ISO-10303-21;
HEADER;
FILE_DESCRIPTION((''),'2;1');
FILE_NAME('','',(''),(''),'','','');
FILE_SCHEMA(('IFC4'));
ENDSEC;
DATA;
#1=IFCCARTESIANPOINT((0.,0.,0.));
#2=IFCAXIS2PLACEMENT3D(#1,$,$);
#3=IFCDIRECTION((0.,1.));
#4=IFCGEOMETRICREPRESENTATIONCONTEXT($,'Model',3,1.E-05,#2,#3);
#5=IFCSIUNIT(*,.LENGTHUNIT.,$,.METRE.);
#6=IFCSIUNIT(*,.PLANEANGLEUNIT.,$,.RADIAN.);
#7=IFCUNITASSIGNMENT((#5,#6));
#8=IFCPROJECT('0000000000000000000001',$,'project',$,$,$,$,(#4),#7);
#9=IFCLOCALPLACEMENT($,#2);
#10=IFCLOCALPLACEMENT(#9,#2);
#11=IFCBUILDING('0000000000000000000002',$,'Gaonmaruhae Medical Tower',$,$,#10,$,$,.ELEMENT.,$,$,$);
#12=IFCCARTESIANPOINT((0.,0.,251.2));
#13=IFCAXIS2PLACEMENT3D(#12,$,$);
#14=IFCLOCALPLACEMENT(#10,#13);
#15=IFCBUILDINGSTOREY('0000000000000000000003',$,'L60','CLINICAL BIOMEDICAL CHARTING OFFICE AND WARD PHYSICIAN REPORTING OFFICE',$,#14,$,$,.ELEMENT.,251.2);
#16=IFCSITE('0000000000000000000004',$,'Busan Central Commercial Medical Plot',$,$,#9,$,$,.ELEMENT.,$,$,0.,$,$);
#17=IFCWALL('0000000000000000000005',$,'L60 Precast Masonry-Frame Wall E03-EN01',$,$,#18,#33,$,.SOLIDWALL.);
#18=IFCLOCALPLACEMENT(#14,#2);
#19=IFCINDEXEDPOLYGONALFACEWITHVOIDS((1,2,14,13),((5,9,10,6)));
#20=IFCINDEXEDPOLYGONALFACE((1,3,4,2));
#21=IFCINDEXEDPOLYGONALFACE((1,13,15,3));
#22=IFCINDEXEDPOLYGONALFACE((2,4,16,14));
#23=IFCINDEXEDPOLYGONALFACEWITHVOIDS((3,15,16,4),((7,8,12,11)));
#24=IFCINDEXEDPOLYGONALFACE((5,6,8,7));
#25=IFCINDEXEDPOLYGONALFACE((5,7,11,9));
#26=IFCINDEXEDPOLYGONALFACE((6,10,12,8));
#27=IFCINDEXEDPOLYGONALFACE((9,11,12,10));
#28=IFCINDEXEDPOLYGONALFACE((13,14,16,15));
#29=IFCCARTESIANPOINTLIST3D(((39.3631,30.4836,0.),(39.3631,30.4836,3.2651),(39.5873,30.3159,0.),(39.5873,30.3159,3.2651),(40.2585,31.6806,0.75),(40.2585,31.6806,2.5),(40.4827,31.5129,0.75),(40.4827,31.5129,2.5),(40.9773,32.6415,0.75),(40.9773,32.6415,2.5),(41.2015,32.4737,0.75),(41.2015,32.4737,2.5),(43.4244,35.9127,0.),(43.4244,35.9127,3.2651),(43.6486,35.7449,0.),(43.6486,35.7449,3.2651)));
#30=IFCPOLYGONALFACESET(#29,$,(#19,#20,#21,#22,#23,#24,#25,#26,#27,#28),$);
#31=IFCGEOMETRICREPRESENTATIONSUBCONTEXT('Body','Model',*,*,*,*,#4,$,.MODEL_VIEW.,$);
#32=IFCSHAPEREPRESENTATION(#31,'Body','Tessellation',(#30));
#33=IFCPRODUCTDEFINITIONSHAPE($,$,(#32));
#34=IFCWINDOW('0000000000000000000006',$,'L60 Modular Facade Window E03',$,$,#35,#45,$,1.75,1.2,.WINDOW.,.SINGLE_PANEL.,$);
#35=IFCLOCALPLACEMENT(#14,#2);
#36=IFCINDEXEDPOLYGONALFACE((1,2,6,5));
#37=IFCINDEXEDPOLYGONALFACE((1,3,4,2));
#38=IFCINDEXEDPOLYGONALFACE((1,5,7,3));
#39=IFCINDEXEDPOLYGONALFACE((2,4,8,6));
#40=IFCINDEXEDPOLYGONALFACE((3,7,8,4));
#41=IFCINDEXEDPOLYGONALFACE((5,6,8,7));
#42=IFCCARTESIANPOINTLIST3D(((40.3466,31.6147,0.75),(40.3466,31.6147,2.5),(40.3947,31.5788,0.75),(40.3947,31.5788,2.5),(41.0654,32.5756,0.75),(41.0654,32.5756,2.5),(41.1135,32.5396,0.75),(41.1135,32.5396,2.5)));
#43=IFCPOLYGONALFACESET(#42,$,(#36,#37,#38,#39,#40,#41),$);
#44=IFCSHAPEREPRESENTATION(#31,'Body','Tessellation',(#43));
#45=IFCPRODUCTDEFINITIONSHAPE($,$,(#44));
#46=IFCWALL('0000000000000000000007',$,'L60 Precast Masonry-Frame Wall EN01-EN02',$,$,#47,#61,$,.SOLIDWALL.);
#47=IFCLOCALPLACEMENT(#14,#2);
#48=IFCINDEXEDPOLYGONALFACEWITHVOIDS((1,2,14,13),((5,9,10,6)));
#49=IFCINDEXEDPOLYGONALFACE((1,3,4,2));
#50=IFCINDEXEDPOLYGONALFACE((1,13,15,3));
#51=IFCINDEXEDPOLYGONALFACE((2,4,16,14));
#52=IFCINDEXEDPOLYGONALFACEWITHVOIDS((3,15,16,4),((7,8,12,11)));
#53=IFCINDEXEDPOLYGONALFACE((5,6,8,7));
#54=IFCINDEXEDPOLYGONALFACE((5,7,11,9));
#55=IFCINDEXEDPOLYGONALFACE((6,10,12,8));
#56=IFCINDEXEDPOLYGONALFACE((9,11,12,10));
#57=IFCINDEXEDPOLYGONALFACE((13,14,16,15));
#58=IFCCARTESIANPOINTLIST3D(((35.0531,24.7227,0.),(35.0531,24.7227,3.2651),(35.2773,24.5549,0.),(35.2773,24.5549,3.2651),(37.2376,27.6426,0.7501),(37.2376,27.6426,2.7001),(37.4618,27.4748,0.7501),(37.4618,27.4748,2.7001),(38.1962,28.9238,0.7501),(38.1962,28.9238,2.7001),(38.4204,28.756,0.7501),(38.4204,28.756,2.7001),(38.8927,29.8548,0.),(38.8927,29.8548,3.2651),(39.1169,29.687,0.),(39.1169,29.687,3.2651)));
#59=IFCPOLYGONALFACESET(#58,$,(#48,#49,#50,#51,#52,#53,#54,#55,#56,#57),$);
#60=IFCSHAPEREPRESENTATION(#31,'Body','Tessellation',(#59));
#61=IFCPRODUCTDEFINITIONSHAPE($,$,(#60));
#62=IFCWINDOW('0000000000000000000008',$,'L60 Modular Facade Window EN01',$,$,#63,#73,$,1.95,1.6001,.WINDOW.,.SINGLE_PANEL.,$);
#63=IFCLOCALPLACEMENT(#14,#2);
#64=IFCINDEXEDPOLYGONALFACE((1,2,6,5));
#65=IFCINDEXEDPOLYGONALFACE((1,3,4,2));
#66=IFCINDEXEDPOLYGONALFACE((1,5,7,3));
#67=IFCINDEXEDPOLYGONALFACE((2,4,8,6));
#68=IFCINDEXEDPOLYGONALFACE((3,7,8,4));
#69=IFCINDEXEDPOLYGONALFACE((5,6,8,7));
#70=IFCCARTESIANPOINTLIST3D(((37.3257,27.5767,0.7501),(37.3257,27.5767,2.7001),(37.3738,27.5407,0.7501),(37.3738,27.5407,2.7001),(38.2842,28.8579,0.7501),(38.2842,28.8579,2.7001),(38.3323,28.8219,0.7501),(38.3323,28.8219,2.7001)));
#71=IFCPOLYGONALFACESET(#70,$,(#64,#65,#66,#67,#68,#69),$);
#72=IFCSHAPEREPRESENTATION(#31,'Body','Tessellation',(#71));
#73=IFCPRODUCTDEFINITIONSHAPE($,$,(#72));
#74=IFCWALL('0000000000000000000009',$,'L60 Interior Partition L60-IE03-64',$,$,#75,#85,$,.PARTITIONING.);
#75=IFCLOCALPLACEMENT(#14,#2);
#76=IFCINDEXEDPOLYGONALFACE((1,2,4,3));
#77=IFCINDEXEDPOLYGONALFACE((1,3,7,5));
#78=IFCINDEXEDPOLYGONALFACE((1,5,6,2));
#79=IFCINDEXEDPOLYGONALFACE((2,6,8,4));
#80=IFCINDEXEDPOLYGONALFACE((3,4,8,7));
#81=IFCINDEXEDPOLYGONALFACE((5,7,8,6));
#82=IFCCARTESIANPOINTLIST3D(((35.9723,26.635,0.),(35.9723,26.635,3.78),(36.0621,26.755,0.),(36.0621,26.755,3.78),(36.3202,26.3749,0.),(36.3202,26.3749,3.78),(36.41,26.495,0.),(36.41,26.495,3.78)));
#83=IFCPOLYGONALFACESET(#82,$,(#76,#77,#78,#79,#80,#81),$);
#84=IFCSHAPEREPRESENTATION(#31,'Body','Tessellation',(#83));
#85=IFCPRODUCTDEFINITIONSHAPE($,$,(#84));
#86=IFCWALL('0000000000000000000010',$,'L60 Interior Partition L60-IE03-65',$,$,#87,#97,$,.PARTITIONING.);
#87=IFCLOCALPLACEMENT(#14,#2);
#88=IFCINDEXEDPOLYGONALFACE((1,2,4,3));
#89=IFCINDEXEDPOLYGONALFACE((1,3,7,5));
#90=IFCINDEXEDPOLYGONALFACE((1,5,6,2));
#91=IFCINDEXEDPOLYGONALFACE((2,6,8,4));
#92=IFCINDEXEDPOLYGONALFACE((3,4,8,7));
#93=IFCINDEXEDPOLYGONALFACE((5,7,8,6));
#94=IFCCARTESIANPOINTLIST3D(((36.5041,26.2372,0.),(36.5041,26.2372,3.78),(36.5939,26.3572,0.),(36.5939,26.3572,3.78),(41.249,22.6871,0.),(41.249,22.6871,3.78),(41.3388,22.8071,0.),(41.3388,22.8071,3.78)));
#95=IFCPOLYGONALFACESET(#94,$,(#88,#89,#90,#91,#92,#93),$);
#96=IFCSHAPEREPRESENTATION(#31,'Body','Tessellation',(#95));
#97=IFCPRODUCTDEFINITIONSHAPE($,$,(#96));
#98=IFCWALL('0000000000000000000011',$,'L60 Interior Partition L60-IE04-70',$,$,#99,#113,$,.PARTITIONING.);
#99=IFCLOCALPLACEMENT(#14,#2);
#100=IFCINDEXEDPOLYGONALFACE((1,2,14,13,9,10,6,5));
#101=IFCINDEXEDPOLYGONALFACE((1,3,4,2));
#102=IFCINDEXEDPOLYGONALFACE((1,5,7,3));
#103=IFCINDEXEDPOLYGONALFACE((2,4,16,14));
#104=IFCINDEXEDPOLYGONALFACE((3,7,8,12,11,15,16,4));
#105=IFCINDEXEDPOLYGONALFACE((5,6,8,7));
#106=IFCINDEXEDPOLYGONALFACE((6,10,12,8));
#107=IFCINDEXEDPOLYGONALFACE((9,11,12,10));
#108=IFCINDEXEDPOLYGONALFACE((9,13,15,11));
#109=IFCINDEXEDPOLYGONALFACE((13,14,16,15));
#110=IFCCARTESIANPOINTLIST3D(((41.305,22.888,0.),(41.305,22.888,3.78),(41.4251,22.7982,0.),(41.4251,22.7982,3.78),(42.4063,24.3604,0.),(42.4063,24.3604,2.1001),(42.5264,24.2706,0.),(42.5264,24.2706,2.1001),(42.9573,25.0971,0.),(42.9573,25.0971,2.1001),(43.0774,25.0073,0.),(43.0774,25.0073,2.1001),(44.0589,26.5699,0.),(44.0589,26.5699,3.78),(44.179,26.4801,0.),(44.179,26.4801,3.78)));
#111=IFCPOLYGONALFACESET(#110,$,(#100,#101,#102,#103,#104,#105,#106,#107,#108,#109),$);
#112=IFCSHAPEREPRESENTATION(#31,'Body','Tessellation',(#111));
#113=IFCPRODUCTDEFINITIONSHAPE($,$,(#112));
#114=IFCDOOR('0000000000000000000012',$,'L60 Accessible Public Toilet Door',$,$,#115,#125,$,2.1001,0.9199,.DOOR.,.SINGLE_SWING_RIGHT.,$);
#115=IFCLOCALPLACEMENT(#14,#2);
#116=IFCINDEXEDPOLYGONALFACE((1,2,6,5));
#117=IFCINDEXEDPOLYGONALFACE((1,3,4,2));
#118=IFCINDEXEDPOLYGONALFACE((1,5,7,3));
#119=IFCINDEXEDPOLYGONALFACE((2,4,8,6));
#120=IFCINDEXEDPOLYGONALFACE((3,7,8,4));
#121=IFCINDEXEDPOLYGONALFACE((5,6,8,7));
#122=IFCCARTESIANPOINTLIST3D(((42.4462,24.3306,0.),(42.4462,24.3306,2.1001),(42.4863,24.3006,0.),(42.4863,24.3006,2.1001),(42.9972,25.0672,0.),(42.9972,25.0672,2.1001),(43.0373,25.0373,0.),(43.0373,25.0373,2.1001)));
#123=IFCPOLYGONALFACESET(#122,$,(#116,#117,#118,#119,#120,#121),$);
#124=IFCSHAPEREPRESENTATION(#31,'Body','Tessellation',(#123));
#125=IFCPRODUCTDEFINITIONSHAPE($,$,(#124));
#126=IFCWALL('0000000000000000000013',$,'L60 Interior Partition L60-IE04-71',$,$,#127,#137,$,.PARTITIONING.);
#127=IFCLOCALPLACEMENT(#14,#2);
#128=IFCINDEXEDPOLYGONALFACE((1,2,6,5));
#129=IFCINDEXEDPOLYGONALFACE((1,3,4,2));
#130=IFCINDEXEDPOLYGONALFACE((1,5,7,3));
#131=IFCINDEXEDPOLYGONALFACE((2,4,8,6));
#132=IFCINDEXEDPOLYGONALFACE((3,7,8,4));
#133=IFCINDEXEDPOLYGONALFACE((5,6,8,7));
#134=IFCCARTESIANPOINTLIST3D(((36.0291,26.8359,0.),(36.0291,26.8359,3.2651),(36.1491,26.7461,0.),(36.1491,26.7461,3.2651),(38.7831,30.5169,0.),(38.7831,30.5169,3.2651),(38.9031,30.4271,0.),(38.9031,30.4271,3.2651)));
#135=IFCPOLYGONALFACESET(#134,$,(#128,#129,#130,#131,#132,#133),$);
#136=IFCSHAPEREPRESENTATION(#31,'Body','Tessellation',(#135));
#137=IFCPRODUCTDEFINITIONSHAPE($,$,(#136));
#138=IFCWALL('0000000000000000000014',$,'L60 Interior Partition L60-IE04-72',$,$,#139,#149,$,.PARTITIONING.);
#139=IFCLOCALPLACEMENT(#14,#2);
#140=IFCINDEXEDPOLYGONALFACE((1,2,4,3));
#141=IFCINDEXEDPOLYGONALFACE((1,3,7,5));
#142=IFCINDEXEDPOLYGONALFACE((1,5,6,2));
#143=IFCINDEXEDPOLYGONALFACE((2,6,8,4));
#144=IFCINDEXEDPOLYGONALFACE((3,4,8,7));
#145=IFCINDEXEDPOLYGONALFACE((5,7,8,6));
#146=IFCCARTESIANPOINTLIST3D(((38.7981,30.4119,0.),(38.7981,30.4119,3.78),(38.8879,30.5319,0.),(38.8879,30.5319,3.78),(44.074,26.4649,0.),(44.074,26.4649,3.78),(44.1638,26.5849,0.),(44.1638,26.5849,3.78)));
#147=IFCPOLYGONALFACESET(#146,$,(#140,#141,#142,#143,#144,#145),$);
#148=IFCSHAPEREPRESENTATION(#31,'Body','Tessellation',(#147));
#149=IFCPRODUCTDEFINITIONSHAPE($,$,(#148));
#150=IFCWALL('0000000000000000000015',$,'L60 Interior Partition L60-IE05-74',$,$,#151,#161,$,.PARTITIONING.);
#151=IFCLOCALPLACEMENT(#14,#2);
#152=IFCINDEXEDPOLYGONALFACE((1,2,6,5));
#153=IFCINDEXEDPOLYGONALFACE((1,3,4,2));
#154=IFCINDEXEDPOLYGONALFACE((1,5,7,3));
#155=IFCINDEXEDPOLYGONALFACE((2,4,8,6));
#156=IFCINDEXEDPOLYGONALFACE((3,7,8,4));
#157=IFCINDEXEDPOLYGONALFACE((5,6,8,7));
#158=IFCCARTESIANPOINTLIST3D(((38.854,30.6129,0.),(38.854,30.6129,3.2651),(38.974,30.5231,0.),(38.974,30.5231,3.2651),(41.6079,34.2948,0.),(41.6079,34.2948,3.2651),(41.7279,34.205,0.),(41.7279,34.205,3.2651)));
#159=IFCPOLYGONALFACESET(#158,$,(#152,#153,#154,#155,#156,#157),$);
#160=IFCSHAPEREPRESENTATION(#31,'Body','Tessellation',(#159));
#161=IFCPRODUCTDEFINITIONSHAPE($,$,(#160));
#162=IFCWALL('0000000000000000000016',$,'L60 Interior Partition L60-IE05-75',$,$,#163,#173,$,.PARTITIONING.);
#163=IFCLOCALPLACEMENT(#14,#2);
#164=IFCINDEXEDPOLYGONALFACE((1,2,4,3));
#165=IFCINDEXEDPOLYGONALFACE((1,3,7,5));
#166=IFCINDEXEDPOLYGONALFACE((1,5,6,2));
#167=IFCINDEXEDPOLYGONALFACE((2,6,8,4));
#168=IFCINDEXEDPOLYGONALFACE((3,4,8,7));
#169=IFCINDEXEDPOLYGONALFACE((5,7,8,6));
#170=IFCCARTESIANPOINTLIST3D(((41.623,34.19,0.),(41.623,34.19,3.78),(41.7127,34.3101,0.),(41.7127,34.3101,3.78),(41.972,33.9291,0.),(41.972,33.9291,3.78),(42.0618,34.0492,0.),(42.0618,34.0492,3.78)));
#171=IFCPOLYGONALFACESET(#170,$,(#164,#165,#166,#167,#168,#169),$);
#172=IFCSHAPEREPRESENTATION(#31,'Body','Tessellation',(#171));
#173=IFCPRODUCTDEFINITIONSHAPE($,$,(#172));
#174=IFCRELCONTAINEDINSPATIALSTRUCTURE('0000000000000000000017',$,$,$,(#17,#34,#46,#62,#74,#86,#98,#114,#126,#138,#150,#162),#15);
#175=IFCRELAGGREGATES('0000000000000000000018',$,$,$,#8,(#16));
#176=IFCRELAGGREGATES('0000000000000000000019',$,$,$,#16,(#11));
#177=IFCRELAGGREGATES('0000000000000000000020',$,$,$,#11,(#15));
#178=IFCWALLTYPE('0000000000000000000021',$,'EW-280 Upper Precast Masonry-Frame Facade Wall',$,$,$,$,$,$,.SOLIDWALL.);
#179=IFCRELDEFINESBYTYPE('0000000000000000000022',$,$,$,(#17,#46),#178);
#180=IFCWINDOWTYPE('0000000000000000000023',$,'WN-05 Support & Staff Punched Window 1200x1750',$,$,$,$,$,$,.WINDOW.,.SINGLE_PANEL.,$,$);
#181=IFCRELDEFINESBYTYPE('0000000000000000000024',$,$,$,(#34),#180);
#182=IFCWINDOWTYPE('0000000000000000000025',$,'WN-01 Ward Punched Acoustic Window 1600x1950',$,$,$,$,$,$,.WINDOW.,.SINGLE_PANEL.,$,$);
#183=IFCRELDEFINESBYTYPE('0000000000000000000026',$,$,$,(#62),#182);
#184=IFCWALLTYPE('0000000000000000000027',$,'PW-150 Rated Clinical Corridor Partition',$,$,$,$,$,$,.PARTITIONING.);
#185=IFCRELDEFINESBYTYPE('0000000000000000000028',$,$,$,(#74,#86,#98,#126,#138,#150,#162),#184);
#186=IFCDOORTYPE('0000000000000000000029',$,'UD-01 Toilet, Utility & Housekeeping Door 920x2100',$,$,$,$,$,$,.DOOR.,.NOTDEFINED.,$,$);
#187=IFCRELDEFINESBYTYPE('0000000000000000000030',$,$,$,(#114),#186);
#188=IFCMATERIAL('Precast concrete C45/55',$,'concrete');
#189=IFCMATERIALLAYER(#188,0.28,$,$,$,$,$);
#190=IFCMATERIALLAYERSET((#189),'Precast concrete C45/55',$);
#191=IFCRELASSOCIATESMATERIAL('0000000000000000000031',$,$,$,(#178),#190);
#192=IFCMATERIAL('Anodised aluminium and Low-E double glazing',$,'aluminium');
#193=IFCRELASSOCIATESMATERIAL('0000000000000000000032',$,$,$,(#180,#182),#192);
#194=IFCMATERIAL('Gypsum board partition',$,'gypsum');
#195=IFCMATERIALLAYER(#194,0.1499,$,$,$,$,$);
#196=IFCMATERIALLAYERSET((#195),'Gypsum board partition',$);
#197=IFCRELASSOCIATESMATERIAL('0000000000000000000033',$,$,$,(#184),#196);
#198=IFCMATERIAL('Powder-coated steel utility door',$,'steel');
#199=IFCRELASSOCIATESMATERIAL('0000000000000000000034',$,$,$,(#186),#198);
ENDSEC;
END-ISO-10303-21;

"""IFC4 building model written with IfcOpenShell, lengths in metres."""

from ifc_helpers import new_model, si_unit, direction, frame, frame_2d, origin, place, context, subcontext, project, spatial, rectangle, extrude, material, layer, layer_set, type_object, element, fill, save


model = new_model("IFC4")

# Units and contexts
model_context = context("Model", 3, precision=1e-05, world=origin(), true_north=direction((0.0, 1.0)))
body_context = subcontext(model_context, "Body", "Model", "MODEL_VIEW")
ifc_project = project(units=[si_unit("LENGTHUNIT", "METRE"), si_unit("PLANEANGLEUNIT", "RADIAN")], contexts=[model_context])

# Site, building, storey
site_placement = place(None, origin())
site = spatial("IfcSite", under=ifc_project, at=site_placement, Name="Busan Central Commercial Medical Plot", CompositionType="ELEMENT", RefElevation=0.0)
building_placement = place(site_placement, origin())
building = spatial("IfcBuilding", under=site, at=building_placement, Name="Gaonmaruhae Medical Tower", CompositionType="ELEMENT")
storey_placement = place(building_placement, frame((0.0, 0.0, 251.2)))
storey = spatial("IfcBuildingStorey", under=building, at=storey_placement, Name="L60", Description="CLINICAL BIOMEDICAL CHARTING OFFICE AND WARD PHYSICIAN REPORTING OFFICE", CompositionType="ELEMENT", Elevation=251.2)

# Shared definitions
ifc_material_1 = material(Name="Precast concrete C45/55", Category="concrete")
ifc_layer_1 = layer(ifc_material_1, 0.28)
ifc_layer_set_1 = layer_set([ifc_layer_1], Name="Precast concrete C45/55")
wall_type_1 = type_object("IfcWallType", Name="EW-280 Upper Precast Masonry-Frame Facade Wall", PredefinedType="SOLIDWALL", material=ifc_layer_set_1)

# Walls, openings, windows
wall_1_placement = place(storey_placement, frame((39.4751, 30.3997, 0.0), z_axis=(0.0, 0.0, 1.0), x_axis=(0.599014, 0.800738, 0.0)))
wall_1 = element("IfcWall", 1, at=wall_1_placement, inside=storey, type_object=wall_type_1, Name="L60 Precast Masonry-Frame Wall E03-EN01", PredefinedType="SOLIDWALL", context=body_context, shape_type="SweptSolid", body=[
    extrude(rectangle(XDim=6.78, YDim=0.28, at=frame_2d((3.3901, 0.0))), origin(), (0.0, 0.0, 1.0), 3.2651),
])
opening_1_placement = place(wall_1_placement, frame((1.4949, 0.0, 0.75)))
opening_1 = element("IfcOpeningElement", 2, at=opening_1_placement, cuts=wall_1, PredefinedType="OPENING", context=body_context, shape_type="SweptSolid", body=[
    extrude(rectangle(XDim=1.2, YDim=1.75, at=frame_2d((0.6001, 0.875))), frame((0.0, 0.1499, 0.0), z_axis=(0.0, -1.0, 0.0), x_axis=(1.0, 0.0, 0.0)), (0.0, 0.0, 1.0), 0.3),
])
ifc_material_2 = material(Name="Anodised aluminium and Low-E double glazing", Category="aluminium")
window_type_1 = type_object("IfcWindowType", Name="WN-05 Support & Staff Punched Window 1200x1750", PartitioningType="SINGLE_PANEL", PredefinedType="WINDOW", material=ifc_material_2)
window_1_placement = place(opening_1_placement, origin())
window_1 = element("IfcWindow", 3, at=window_1_placement, inside=storey, type_object=window_type_1, Name="L60 Modular Facade Window E03", OverallHeight=1.75, OverallWidth=1.2, PartitioningType="SINGLE_PANEL", PredefinedType="WINDOW", context=body_context, shape_type="SweptSolid", body=[
    extrude(rectangle(XDim=1.2, YDim=1.75, at=frame_2d((0.6001, 0.875))), frame((0.0, 0.03, 0.0), z_axis=(0.0, -1.0, 0.0), x_axis=(1.0, 0.0, 0.0)), (0.0, 0.0, 1.0), 0.0601),
])
fill(opening_1, window_1)
wall_2_placement = place(storey_placement, frame((35.1653, 24.6389, 0.0), z_axis=(0.0, 0.0, 1.0), x_axis=(0.599055, 0.800708, 0.0)))
wall_2 = element("IfcWall", 4, at=wall_2_placement, inside=storey, type_object=wall_type_1, Name="L60 Precast Masonry-Frame Wall EN01-EN02", PredefinedType="SOLIDWALL", context=body_context, shape_type="SweptSolid", body=[
    extrude(rectangle(XDim=6.4094, YDim=0.28, at=frame_2d((3.2046, 0.0))), origin(), (0.0, 0.0, 1.0), 3.2651),
])
opening_2_placement = place(wall_2_placement, frame((3.6465, 0.0, 0.75)))
opening_2 = element("IfcOpeningElement", 5, at=opening_2_placement, cuts=wall_2, PredefinedType="OPENING", context=body_context, shape_type="SweptSolid", body=[
    extrude(rectangle(XDim=1.6001, YDim=1.95, at=frame_2d((0.8, 0.9751))), frame((0.0, 0.1499, 0.0), z_axis=(0.0, -1.0, 0.0), x_axis=(1.0, 0.0, 0.0)), (0.0, 0.0, 1.0), 0.3),
])
window_type_2 = type_object("IfcWindowType", Name="WN-01 Ward Punched Acoustic Window 1600x1950", PartitioningType="SINGLE_PANEL", PredefinedType="WINDOW", material=ifc_material_2)
window_2_placement = place(opening_2_placement, origin())
window_2 = element("IfcWindow", 6, at=window_2_placement, inside=storey, type_object=window_type_2, Name="L60 Modular Facade Window EN01", OverallHeight=1.95, OverallWidth=1.6001, PartitioningType="SINGLE_PANEL", PredefinedType="WINDOW", context=body_context, shape_type="SweptSolid", body=[
    extrude(rectangle(XDim=1.6001, YDim=1.95, at=frame_2d((0.8, 0.9751))), frame((0.0, 0.03, 0.0), z_axis=(0.0, -1.0, 0.0), x_axis=(1.0, 0.0, 0.0)), (0.0, 0.0, 1.0), 0.0601),
])
fill(opening_2, window_2)

# Walls
ifc_material_3 = material(Name="Gypsum board partition", Category="gypsum")
ifc_layer_2 = layer(ifc_material_3, 0.1499)
ifc_layer_set_2 = layer_set([ifc_layer_2], Name="Gypsum board partition")
wall_type_2 = type_object("IfcWallType", Name="PW-150 Rated Clinical Corridor Partition", PredefinedType="PARTITIONING", material=ifc_layer_set_2)
wall_3_placement = place(storey_placement, frame((36.0171, 26.6951, 0.0), z_axis=(0.0, 0.0, 1.0), x_axis=(0.801011, -0.59865, 0.0)))
element("IfcWall", 7, at=wall_3_placement, inside=storey, type_object=wall_type_2, Name="L60 Interior Partition L60-IE03-64", PredefinedType="PARTITIONING", context=body_context, shape_type="SweptSolid", body=[
    extrude(rectangle(XDim=0.4343, YDim=0.1499, at=frame_2d((0.2173, 0.0))), origin(), (0.0, 0.0, 1.0), 3.78),
])
wall_4_placement = place(storey_placement, frame((36.5491, 26.2971, 0.0), z_axis=(0.0, 0.0, 1.0), x_axis=(0.800697, -0.59907, 0.0)))
element("IfcWall", 8, at=wall_4_placement, inside=storey, type_object=wall_type_2, Name="L60 Interior Partition L60-IE03-65", PredefinedType="PARTITIONING", context=body_context, shape_type="SweptSolid", body=[
    extrude(rectangle(XDim=5.926, YDim=0.1499, at=frame_2d((2.9629, 0.0))), origin(), (0.0, 0.0, 1.0), 3.78),
])

# Wall, opening, door
wall_5_placement = place(storey_placement, frame((44.1189, 26.5249, 0.0), z_axis=(0.0, 0.0, 1.0), x_axis=(-0.598955, -0.800783, 0.0)))
wall_5 = element("IfcWall", 9, at=wall_5_placement, inside=storey, type_object=wall_type_2, Name="L60 Interior Partition L60-IE04-70", PredefinedType="PARTITIONING", context=body_context, shape_type="SweptSolid", body=[
    extrude(rectangle(XDim=4.5979, YDim=0.1499, at=frame_2d((2.2988, 0.0))), origin(), (0.0, 0.0, 1.0), 3.78),
])
opening_3_placement = place(wall_5_placement, frame((1.8391, 0.0, 0.0)))
opening_3 = element("IfcOpeningElement", 10, at=opening_3_placement, cuts=wall_5, PredefinedType="OPENING", context=body_context, shape_type="SweptSolid", body=[
    extrude(rectangle(XDim=0.9199, YDim=2.1001, at=frame_2d((0.46, 1.05))), frame((0.0, 0.085, 0.0), z_axis=(0.0, -1.0, 0.0), x_axis=(1.0, 0.0, 0.0)), (0.0, 0.0, 1.0), 0.1699),
])
ifc_material_4 = material(Name="Powder-coated steel utility door", Category="steel")
door_type = type_object("IfcDoorType", Name="UD-01 Toilet, Utility & Housekeeping Door 920x2100", OperationType="NOTDEFINED", PredefinedType="DOOR", material=ifc_material_4)
door_placement = place(opening_3_placement, origin())
door = element("IfcDoor", 11, at=door_placement, inside=storey, type_object=door_type, Name="L60 Accessible Public Toilet Door", OperationType="SINGLE_SWING_RIGHT", OverallHeight=2.1001, OverallWidth=0.9199, PredefinedType="DOOR", context=body_context, shape_type="SweptSolid", body=[
    extrude(rectangle(XDim=0.9199, YDim=2.1001, at=frame_2d((0.46, 1.05))), frame((0.0, 0.0249, 0.0), z_axis=(0.0, -1.0, 0.0), x_axis=(1.0, 0.0, 0.0)), (0.0, 0.0, 1.0), 0.05),
])
fill(opening_3, door)

# Walls
wall_6_placement = place(storey_placement, frame((36.0891, 26.791, 0.0), z_axis=(0.0, 0.0, 1.0), x_axis=(0.599056, 0.800707, 0.0)))
element("IfcWall", 12, at=wall_6_placement, inside=storey, type_object=wall_type_2, Name="L60 Interior Partition L60-IE04-71", PredefinedType="PARTITIONING", context=body_context, shape_type="SweptSolid", body=[
    extrude(rectangle(XDim=4.5972, YDim=0.1499, at=frame_2d((2.2986, 0.0))), origin(), (0.0, 0.0, 1.0), 3.2651),
])
wall_7_placement = place(storey_placement, frame((38.843, 30.4719, 0.0), z_axis=(0.0, 0.0, 1.0), x_axis=(0.80072, -0.599039, 0.0)))
element("IfcWall", 13, at=wall_7_placement, inside=storey, type_object=wall_type_2, Name="L60 Interior Partition L60-IE04-72", PredefinedType="PARTITIONING", context=body_context, shape_type="SweptSolid", body=[
    extrude(rectangle(XDim=6.5889, YDim=0.1499, at=frame_2d((3.2944, 0.0))), origin(), (0.0, 0.0, 1.0), 3.78),
])
wall_8_placement = place(storey_placement, frame((38.9141, 30.5681, 0.0), z_axis=(0.0, 0.0, 1.0), x_axis=(0.598955, 0.800783, 0.0)))
element("IfcWall", 14, at=wall_8_placement, inside=storey, type_object=wall_type_2, Name="L60 Interior Partition L60-IE05-74", PredefinedType="PARTITIONING", context=body_context, shape_type="SweptSolid", body=[
    extrude(rectangle(XDim=4.5979, YDim=0.1499, at=frame_2d((2.2988, 0.0))), origin(), (0.0, 0.0, 1.0), 3.2651),
])
wall_9_placement = place(storey_placement, frame((41.668, 34.25, 0.0), z_axis=(0.0, 0.0, 1.0), x_axis=(0.80094, -0.598745, 0.0)))
element("IfcWall", 15, at=wall_9_placement, inside=storey, type_object=wall_type_2, Name="L60 Interior Partition L60-IE05-75", PredefinedType="PARTITIONING", context=body_context, shape_type="SweptSolid", body=[
    extrude(rectangle(XDim=0.4358, YDim=0.1499, at=frame_2d((0.2178, 0.0))), origin(), (0.0, 0.0, 1.0), 3.78),
])

save(model, "model.ifc")
